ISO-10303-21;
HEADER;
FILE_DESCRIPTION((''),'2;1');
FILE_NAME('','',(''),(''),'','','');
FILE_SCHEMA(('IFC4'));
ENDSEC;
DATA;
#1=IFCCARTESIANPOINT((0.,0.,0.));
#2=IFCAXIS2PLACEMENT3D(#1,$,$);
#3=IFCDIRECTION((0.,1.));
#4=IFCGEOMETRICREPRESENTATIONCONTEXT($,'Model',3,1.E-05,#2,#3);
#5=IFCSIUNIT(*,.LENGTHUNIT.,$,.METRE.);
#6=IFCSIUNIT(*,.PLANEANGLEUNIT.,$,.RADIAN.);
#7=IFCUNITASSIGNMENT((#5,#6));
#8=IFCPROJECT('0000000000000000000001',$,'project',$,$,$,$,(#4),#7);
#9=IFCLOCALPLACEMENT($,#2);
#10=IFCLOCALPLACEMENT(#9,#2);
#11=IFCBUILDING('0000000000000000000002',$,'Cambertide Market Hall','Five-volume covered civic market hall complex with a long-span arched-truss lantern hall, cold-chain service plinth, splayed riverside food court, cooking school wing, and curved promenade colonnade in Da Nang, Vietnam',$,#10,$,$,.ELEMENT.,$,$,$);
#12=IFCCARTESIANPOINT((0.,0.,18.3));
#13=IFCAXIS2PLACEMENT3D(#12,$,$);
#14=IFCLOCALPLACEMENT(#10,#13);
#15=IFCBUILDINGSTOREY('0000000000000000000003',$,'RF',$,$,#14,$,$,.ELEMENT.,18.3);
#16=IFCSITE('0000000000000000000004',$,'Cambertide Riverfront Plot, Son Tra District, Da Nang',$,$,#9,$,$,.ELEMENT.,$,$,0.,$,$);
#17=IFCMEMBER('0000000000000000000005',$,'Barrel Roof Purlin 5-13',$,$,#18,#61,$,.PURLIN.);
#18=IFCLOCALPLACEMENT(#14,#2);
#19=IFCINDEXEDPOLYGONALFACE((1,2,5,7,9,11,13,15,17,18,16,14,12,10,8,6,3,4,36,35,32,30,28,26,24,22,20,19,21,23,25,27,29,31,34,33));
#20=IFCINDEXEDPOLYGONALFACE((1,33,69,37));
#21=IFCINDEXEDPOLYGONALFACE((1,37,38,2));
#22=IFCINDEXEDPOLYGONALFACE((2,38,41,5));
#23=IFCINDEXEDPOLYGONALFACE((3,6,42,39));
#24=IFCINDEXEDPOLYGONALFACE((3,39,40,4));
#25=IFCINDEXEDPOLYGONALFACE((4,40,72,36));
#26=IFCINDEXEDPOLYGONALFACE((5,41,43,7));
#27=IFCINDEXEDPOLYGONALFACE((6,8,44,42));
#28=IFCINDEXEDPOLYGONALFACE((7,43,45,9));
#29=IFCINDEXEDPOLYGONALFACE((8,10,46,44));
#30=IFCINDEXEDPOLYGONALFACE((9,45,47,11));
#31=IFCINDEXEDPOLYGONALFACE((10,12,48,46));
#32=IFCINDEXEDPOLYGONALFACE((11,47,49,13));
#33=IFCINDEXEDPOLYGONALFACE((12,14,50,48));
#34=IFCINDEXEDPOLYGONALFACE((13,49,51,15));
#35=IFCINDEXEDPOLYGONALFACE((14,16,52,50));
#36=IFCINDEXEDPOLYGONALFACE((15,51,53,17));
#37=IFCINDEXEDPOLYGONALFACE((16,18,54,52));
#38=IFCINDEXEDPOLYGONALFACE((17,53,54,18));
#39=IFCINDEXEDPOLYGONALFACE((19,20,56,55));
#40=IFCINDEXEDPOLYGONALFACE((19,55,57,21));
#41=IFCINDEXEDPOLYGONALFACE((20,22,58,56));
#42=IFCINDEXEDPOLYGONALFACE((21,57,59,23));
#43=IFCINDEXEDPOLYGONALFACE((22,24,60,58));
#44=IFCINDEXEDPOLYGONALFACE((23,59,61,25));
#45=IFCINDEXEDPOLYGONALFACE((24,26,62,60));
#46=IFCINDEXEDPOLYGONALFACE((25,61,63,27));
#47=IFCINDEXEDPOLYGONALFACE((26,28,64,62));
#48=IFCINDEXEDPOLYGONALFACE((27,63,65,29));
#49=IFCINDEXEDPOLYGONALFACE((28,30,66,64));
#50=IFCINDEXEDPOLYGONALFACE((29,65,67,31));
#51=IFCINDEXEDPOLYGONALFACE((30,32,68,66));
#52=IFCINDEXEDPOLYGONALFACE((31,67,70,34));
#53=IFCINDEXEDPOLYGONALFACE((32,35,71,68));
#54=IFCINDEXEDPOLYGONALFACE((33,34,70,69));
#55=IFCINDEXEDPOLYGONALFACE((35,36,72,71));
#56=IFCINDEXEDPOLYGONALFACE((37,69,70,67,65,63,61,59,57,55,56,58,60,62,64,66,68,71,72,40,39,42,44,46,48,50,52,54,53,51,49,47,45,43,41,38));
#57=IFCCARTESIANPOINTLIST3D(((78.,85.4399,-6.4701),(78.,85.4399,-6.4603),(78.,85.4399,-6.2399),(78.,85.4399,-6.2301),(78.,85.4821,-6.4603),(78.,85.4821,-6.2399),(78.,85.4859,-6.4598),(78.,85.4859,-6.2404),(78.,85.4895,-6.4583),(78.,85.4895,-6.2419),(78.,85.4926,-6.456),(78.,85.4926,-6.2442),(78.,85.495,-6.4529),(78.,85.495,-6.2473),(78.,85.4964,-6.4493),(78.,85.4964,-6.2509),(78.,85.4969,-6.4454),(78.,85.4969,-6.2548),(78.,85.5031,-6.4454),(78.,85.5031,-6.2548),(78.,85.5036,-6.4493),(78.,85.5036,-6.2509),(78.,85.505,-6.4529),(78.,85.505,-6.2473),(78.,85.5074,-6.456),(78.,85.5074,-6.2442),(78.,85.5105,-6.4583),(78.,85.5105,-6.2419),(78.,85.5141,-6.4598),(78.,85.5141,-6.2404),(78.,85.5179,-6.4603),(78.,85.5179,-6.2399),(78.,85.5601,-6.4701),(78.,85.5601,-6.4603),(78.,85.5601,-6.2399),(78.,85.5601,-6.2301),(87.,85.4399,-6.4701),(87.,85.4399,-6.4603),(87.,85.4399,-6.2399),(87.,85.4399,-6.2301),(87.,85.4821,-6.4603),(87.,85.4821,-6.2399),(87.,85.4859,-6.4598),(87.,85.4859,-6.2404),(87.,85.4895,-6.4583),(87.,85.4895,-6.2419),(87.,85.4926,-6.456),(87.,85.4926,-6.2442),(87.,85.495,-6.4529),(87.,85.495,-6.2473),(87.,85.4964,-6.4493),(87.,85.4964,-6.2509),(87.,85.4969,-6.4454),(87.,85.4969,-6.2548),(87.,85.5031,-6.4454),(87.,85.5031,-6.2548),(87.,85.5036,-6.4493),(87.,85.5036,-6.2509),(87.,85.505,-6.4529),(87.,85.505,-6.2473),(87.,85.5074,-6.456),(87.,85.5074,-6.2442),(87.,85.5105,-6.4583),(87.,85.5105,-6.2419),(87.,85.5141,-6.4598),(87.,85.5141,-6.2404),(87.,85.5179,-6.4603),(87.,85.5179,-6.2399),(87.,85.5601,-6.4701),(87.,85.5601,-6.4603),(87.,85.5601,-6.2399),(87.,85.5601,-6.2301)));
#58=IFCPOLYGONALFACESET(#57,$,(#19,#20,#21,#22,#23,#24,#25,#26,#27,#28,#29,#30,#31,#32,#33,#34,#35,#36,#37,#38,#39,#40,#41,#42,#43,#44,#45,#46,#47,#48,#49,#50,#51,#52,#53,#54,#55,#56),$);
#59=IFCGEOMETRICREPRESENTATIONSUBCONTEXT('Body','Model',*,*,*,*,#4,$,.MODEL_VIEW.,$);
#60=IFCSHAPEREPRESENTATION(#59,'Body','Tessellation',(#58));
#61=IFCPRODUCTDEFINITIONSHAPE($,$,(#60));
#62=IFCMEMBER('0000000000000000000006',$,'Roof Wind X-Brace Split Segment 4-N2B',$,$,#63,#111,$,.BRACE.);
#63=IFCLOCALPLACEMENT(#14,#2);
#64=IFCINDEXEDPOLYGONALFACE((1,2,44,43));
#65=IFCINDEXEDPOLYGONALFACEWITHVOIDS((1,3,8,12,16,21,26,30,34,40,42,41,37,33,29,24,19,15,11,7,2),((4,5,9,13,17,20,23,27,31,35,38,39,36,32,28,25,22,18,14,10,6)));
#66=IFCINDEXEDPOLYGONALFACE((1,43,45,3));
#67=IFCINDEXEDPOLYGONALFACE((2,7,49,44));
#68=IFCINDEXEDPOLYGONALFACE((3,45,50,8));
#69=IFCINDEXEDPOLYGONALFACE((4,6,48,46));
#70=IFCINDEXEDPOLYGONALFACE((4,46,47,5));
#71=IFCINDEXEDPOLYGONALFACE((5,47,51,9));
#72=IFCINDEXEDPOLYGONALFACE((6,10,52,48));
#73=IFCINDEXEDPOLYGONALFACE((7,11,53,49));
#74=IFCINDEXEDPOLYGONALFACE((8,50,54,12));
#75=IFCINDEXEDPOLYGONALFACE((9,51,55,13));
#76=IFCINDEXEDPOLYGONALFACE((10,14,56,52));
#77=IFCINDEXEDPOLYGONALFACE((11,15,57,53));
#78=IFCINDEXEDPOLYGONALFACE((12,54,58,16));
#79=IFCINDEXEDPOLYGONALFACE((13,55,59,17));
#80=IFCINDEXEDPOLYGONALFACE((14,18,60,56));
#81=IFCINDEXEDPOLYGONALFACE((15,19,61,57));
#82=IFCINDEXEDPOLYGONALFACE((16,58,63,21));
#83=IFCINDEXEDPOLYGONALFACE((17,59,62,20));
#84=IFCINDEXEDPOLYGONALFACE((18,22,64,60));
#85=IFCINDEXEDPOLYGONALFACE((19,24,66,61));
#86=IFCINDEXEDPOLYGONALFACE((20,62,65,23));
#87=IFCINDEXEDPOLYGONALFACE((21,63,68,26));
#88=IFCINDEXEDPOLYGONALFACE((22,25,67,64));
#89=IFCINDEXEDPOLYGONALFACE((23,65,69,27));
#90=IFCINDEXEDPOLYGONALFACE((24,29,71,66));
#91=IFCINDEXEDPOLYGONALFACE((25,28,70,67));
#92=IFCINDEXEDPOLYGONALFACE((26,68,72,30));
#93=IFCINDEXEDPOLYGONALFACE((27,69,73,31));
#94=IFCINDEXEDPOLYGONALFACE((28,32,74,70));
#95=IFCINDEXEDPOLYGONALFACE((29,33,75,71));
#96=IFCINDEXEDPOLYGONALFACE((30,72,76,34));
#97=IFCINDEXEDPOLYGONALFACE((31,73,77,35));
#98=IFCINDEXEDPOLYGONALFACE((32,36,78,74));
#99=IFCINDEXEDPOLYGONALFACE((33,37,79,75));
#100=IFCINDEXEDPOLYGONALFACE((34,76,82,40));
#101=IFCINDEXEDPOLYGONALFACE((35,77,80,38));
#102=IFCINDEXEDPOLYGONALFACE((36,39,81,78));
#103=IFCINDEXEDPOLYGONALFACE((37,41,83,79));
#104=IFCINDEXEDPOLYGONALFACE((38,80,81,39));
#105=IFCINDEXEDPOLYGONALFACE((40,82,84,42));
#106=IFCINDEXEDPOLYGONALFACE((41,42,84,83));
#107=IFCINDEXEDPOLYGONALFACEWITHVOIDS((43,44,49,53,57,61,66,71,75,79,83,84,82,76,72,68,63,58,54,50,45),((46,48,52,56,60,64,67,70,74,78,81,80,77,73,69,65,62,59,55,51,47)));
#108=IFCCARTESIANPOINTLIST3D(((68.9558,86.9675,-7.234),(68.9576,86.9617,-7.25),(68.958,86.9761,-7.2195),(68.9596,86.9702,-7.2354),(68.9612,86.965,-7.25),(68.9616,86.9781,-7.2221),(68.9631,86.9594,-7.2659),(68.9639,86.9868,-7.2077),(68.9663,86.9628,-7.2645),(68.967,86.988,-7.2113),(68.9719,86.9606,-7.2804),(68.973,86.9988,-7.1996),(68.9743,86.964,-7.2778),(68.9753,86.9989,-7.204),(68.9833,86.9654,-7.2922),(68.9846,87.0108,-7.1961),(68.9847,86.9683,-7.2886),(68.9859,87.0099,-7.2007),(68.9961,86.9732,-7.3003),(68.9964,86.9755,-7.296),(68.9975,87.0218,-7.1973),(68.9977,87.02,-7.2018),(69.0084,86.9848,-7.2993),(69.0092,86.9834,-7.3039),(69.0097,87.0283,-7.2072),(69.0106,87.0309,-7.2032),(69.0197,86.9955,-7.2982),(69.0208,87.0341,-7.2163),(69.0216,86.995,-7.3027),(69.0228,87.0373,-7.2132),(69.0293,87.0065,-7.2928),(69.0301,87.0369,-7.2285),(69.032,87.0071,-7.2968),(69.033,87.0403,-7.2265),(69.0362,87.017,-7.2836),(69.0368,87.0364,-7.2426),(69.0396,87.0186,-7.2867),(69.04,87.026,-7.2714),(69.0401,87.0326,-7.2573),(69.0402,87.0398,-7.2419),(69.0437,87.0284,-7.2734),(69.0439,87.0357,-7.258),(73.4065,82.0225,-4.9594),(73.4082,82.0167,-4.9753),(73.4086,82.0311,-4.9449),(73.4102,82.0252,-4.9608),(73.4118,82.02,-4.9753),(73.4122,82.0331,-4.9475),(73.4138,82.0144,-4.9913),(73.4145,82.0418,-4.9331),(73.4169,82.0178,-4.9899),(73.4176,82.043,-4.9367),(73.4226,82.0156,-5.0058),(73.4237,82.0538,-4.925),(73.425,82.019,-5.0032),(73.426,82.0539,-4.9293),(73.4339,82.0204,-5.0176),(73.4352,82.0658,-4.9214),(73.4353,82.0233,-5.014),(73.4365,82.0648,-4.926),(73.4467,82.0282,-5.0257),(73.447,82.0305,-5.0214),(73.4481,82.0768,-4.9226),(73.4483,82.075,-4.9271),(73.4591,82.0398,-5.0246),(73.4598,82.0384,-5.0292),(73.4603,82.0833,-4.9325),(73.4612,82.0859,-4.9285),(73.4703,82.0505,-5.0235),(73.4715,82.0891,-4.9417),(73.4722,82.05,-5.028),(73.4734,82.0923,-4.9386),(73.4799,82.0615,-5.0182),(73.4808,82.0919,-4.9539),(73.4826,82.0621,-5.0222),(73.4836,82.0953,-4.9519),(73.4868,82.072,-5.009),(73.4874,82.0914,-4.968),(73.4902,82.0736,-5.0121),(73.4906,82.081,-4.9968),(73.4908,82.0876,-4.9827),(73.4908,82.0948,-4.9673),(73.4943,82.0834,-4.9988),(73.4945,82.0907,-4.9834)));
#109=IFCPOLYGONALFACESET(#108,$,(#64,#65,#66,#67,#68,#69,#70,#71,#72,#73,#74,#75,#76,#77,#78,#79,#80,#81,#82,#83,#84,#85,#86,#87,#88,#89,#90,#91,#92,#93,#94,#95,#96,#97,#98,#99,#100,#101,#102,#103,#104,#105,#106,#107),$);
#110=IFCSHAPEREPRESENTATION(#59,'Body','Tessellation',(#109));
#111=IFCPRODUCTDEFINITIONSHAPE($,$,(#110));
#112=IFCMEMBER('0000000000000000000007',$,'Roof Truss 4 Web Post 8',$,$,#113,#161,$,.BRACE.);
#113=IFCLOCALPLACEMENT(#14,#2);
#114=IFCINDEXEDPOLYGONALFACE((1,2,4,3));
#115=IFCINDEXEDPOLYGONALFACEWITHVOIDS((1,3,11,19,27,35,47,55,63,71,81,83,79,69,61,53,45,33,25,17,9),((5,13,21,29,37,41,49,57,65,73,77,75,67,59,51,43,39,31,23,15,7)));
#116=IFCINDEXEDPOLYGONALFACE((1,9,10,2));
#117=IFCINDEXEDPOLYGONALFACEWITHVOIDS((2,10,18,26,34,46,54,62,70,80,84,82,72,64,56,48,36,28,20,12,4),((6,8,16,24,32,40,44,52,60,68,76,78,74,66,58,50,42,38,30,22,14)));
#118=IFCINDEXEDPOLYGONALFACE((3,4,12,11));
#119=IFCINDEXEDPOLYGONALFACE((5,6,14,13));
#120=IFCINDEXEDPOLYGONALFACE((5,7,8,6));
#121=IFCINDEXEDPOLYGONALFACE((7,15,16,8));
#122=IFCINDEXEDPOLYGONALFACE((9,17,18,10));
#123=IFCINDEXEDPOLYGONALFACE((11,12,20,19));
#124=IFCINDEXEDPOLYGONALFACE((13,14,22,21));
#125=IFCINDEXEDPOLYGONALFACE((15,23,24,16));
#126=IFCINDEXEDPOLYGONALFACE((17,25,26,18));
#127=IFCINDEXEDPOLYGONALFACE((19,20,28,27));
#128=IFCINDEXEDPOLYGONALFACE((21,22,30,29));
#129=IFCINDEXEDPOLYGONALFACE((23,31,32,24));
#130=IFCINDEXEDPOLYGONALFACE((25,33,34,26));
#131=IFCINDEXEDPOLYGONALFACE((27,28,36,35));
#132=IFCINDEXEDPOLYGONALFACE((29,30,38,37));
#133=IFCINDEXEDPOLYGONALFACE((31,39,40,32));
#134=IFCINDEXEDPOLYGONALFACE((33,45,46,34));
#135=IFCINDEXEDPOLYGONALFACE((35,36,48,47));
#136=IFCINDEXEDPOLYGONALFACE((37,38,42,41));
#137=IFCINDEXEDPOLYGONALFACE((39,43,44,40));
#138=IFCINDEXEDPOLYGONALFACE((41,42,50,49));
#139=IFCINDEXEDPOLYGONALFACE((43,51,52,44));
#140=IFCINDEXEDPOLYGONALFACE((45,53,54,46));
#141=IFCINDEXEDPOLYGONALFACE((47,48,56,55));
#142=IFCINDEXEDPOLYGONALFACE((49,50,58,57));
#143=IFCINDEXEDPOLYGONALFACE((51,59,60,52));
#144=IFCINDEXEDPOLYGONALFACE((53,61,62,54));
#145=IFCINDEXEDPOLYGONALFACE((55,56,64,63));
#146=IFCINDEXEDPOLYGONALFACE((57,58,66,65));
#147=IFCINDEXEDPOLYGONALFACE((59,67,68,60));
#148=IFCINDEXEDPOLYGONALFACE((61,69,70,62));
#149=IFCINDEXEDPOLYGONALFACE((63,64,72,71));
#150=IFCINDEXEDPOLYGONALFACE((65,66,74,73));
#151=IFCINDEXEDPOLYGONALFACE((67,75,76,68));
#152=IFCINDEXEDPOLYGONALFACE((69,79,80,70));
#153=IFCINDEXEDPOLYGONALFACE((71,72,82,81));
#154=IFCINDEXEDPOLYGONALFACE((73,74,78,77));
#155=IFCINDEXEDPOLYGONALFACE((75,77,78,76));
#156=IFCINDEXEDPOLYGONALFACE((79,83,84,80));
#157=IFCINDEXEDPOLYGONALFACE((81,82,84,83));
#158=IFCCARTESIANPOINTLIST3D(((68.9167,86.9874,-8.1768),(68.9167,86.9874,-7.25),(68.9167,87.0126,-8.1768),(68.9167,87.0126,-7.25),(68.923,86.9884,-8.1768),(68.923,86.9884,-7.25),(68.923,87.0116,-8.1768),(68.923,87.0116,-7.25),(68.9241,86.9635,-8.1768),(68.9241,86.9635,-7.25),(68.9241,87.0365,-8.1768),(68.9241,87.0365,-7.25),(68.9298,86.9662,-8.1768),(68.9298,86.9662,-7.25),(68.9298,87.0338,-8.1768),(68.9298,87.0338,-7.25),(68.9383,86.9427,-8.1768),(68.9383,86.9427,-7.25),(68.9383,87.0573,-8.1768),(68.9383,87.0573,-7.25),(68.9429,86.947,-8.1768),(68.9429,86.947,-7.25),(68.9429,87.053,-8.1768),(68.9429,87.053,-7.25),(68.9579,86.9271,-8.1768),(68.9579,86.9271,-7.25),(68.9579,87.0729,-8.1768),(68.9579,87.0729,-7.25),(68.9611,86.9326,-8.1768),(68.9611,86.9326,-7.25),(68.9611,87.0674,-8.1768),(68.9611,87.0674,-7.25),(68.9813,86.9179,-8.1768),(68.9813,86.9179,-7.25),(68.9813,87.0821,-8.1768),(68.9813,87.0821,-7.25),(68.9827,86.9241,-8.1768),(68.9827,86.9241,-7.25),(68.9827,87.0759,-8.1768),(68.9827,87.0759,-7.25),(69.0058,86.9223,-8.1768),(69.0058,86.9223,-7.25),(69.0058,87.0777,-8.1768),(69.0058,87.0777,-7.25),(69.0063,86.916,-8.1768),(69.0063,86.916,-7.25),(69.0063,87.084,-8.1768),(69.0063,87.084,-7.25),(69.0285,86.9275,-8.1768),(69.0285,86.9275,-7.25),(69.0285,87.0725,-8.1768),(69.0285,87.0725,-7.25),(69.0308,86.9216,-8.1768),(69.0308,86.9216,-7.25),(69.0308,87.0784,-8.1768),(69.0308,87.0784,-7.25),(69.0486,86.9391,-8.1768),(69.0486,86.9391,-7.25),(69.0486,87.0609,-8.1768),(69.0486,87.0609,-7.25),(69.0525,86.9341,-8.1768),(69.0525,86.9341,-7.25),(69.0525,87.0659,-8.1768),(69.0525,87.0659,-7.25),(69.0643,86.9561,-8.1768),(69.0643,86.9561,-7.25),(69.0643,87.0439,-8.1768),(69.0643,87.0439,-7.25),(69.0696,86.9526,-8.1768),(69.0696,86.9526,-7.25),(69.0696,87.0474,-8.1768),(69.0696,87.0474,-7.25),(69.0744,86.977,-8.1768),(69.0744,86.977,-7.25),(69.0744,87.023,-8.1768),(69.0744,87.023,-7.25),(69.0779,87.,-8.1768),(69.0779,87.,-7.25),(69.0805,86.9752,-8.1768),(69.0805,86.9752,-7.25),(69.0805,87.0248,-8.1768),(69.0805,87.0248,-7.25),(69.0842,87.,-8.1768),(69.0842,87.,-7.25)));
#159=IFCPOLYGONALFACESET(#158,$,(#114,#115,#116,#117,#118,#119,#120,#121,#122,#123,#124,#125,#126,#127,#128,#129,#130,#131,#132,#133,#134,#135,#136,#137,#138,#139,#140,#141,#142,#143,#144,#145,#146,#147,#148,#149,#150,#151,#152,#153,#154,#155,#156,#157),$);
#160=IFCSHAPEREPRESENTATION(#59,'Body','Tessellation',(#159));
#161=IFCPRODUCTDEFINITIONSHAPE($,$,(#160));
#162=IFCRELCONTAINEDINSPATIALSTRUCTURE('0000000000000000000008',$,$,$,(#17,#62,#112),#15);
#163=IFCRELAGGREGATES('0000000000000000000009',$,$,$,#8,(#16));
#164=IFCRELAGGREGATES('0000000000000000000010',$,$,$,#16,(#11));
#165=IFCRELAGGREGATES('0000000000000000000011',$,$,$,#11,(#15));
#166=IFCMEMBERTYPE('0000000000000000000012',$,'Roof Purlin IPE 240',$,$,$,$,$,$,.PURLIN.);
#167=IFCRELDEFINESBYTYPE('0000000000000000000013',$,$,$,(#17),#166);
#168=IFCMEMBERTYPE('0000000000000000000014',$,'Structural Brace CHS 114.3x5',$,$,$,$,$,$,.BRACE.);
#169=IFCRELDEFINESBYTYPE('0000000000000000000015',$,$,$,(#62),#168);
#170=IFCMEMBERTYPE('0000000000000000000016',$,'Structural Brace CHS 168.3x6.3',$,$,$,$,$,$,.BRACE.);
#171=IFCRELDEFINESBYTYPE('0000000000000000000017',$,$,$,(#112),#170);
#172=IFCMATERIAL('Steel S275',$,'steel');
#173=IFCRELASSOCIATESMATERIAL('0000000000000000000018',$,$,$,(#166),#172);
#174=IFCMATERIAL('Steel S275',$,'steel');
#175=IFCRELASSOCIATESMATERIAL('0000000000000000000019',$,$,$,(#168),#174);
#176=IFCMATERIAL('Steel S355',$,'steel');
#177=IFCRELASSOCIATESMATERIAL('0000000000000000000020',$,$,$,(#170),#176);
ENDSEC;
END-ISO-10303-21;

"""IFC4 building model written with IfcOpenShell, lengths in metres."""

from ifc_helpers import new_model, si_unit, direction, frame, origin, origin_2d, place, context, subcontext, project, spatial, hollow_circle, i_section, extrude, material, material_profile, profile_set, type_object, element, save


model = new_model("IFC4")

# Units and contexts
model_context = context("Model", 3, precision=1e-05, world=origin(), true_north=direction((0.0, 1.0)))
body_context = subcontext(model_context, "Body", "Model", "MODEL_VIEW")
ifc_project = project(units=[si_unit("LENGTHUNIT", "METRE"), si_unit("PLANEANGLEUNIT", "RADIAN")], contexts=[model_context])

# Site, building, storey
site_placement = place(None, origin())
site = spatial("IfcSite", under=ifc_project, at=site_placement, Name="Cambertide Riverfront Plot, Son Tra District, Da Nang", CompositionType="ELEMENT", RefElevation=0.0)
building_placement = place(site_placement, origin())
building = spatial("IfcBuilding", under=site, at=building_placement, Name="Cambertide Market Hall", Description="Five-volume covered civic market hall complex with a long-span arched-truss lantern hall, cold-chain service plinth, splayed riverside food court, cooking school wing, and curved promenade colonnade in Da Nang, Vietnam", CompositionType="ELEMENT")
storey_placement = place(building_placement, frame((0.0, 0.0, 18.3)))
storey = spatial("IfcBuildingStorey", under=building, at=storey_placement, Name="RF", CompositionType="ELEMENT", Elevation=18.3)

# Members
ifc_material_1 = material(Name="Steel S275", Category="steel")
ifc_material_profile_1 = material_profile(ifc_material_1, i_section(OverallWidth=0.1201, OverallDepth=0.24, WebThickness=0.0061, FlangeThickness=0.0098, FilletRadius=0.0149, at=origin_2d()), Name="IPE 240")
ifc_profile_set_1 = profile_set([ifc_material_profile_1], Name="Steel S275")
member_type_1 = type_object("IfcMemberType", Name="Roof Purlin IPE 240", PredefinedType="PURLIN", material=ifc_profile_set_1)
for number, where, z_axis, x_axis, name in (
    (1, (78.0, 85.5, -6.3501), (1.0, 0.0, 0.0), (0.0, 1.0, 0.0), "Barrel Roof Purlin 5-13"),
):
    element("IfcMember", number, at=place(storey_placement, frame(where, z_axis=z_axis, x_axis=x_axis)), inside=storey, type_object=member_type_1, Name=name, PredefinedType="PURLIN", context=body_context, shape_type="SweptSolid", body=[
        extrude(i_section(OverallWidth=0.1201, OverallDepth=0.24, WebThickness=0.0061, FlangeThickness=0.0098, FilletRadius=0.0149, at=origin_2d()), origin(), (0.0, 0.0, 1.0), 9.0),
    ])
ifc_material_2 = material(Name="Steel S275", Category="steel")
ifc_material_profile_2 = material_profile(ifc_material_2, hollow_circle(Radius=0.0571, WallThickness=0.0049, at=origin_2d()), Name="CHS 114.3x5")
ifc_profile_set_2 = profile_set([ifc_material_profile_2], Name="Steel S275")
member_type_2 = type_object("IfcMemberType", Name="Structural Brace CHS 114.3x5", PredefinedType="BRACE", material=ifc_profile_set_2)
member_1_placement = place(storey_placement, frame((73.4507, 82.0549, -4.9753), z_axis=(-0.633, 0.703314, -0.323514), x_axis=(-0.743285, -0.668975, 0.0)))
element("IfcMember", 2, at=member_1_placement, inside=storey, type_object=member_type_2, Name="Roof Wind X-Brace Split Segment 4-N2B", PredefinedType="BRACE", context=body_context, shape_type="SweptSolid", body=[
    extrude(hollow_circle(Radius=0.0571, WallThickness=0.0049, at=origin_2d()), origin(), (0.0, 0.0, 1.0), 7.031),
])
ifc_material_3 = material(Name="Steel S355", Category="steel")
ifc_material_profile_3 = material_profile(ifc_material_3, hollow_circle(Radius=0.0842, WallThickness=0.0063, at=origin_2d()), Name="CHS 168.3x6.3")
ifc_profile_set_3 = profile_set([ifc_material_profile_3], Name="Steel S355")
member_type_3 = type_object("IfcMemberType", Name="Structural Brace CHS 168.3x6.3", PredefinedType="BRACE", material=ifc_profile_set_3)
for number, where, z_axis, x_axis, name in (
    (3, (69.0, 87.0, -8.1768), (0.0, 0.0, 1.0), (1.0, 0.0, 0.0), "Roof Truss 4 Web Post 8"),
):
    element("IfcMember", number, at=place(storey_placement, frame(where, z_axis=z_axis, x_axis=x_axis)), inside=storey, type_object=member_type_3, Name=name, PredefinedType="BRACE", context=body_context, shape_type="SweptSolid", body=[
        extrude(hollow_circle(Radius=0.0842, WallThickness=0.0063, at=origin_2d()), origin(), (0.0, 0.0, 1.0), 0.9268),
    ])

save(model, "model.ifc")
